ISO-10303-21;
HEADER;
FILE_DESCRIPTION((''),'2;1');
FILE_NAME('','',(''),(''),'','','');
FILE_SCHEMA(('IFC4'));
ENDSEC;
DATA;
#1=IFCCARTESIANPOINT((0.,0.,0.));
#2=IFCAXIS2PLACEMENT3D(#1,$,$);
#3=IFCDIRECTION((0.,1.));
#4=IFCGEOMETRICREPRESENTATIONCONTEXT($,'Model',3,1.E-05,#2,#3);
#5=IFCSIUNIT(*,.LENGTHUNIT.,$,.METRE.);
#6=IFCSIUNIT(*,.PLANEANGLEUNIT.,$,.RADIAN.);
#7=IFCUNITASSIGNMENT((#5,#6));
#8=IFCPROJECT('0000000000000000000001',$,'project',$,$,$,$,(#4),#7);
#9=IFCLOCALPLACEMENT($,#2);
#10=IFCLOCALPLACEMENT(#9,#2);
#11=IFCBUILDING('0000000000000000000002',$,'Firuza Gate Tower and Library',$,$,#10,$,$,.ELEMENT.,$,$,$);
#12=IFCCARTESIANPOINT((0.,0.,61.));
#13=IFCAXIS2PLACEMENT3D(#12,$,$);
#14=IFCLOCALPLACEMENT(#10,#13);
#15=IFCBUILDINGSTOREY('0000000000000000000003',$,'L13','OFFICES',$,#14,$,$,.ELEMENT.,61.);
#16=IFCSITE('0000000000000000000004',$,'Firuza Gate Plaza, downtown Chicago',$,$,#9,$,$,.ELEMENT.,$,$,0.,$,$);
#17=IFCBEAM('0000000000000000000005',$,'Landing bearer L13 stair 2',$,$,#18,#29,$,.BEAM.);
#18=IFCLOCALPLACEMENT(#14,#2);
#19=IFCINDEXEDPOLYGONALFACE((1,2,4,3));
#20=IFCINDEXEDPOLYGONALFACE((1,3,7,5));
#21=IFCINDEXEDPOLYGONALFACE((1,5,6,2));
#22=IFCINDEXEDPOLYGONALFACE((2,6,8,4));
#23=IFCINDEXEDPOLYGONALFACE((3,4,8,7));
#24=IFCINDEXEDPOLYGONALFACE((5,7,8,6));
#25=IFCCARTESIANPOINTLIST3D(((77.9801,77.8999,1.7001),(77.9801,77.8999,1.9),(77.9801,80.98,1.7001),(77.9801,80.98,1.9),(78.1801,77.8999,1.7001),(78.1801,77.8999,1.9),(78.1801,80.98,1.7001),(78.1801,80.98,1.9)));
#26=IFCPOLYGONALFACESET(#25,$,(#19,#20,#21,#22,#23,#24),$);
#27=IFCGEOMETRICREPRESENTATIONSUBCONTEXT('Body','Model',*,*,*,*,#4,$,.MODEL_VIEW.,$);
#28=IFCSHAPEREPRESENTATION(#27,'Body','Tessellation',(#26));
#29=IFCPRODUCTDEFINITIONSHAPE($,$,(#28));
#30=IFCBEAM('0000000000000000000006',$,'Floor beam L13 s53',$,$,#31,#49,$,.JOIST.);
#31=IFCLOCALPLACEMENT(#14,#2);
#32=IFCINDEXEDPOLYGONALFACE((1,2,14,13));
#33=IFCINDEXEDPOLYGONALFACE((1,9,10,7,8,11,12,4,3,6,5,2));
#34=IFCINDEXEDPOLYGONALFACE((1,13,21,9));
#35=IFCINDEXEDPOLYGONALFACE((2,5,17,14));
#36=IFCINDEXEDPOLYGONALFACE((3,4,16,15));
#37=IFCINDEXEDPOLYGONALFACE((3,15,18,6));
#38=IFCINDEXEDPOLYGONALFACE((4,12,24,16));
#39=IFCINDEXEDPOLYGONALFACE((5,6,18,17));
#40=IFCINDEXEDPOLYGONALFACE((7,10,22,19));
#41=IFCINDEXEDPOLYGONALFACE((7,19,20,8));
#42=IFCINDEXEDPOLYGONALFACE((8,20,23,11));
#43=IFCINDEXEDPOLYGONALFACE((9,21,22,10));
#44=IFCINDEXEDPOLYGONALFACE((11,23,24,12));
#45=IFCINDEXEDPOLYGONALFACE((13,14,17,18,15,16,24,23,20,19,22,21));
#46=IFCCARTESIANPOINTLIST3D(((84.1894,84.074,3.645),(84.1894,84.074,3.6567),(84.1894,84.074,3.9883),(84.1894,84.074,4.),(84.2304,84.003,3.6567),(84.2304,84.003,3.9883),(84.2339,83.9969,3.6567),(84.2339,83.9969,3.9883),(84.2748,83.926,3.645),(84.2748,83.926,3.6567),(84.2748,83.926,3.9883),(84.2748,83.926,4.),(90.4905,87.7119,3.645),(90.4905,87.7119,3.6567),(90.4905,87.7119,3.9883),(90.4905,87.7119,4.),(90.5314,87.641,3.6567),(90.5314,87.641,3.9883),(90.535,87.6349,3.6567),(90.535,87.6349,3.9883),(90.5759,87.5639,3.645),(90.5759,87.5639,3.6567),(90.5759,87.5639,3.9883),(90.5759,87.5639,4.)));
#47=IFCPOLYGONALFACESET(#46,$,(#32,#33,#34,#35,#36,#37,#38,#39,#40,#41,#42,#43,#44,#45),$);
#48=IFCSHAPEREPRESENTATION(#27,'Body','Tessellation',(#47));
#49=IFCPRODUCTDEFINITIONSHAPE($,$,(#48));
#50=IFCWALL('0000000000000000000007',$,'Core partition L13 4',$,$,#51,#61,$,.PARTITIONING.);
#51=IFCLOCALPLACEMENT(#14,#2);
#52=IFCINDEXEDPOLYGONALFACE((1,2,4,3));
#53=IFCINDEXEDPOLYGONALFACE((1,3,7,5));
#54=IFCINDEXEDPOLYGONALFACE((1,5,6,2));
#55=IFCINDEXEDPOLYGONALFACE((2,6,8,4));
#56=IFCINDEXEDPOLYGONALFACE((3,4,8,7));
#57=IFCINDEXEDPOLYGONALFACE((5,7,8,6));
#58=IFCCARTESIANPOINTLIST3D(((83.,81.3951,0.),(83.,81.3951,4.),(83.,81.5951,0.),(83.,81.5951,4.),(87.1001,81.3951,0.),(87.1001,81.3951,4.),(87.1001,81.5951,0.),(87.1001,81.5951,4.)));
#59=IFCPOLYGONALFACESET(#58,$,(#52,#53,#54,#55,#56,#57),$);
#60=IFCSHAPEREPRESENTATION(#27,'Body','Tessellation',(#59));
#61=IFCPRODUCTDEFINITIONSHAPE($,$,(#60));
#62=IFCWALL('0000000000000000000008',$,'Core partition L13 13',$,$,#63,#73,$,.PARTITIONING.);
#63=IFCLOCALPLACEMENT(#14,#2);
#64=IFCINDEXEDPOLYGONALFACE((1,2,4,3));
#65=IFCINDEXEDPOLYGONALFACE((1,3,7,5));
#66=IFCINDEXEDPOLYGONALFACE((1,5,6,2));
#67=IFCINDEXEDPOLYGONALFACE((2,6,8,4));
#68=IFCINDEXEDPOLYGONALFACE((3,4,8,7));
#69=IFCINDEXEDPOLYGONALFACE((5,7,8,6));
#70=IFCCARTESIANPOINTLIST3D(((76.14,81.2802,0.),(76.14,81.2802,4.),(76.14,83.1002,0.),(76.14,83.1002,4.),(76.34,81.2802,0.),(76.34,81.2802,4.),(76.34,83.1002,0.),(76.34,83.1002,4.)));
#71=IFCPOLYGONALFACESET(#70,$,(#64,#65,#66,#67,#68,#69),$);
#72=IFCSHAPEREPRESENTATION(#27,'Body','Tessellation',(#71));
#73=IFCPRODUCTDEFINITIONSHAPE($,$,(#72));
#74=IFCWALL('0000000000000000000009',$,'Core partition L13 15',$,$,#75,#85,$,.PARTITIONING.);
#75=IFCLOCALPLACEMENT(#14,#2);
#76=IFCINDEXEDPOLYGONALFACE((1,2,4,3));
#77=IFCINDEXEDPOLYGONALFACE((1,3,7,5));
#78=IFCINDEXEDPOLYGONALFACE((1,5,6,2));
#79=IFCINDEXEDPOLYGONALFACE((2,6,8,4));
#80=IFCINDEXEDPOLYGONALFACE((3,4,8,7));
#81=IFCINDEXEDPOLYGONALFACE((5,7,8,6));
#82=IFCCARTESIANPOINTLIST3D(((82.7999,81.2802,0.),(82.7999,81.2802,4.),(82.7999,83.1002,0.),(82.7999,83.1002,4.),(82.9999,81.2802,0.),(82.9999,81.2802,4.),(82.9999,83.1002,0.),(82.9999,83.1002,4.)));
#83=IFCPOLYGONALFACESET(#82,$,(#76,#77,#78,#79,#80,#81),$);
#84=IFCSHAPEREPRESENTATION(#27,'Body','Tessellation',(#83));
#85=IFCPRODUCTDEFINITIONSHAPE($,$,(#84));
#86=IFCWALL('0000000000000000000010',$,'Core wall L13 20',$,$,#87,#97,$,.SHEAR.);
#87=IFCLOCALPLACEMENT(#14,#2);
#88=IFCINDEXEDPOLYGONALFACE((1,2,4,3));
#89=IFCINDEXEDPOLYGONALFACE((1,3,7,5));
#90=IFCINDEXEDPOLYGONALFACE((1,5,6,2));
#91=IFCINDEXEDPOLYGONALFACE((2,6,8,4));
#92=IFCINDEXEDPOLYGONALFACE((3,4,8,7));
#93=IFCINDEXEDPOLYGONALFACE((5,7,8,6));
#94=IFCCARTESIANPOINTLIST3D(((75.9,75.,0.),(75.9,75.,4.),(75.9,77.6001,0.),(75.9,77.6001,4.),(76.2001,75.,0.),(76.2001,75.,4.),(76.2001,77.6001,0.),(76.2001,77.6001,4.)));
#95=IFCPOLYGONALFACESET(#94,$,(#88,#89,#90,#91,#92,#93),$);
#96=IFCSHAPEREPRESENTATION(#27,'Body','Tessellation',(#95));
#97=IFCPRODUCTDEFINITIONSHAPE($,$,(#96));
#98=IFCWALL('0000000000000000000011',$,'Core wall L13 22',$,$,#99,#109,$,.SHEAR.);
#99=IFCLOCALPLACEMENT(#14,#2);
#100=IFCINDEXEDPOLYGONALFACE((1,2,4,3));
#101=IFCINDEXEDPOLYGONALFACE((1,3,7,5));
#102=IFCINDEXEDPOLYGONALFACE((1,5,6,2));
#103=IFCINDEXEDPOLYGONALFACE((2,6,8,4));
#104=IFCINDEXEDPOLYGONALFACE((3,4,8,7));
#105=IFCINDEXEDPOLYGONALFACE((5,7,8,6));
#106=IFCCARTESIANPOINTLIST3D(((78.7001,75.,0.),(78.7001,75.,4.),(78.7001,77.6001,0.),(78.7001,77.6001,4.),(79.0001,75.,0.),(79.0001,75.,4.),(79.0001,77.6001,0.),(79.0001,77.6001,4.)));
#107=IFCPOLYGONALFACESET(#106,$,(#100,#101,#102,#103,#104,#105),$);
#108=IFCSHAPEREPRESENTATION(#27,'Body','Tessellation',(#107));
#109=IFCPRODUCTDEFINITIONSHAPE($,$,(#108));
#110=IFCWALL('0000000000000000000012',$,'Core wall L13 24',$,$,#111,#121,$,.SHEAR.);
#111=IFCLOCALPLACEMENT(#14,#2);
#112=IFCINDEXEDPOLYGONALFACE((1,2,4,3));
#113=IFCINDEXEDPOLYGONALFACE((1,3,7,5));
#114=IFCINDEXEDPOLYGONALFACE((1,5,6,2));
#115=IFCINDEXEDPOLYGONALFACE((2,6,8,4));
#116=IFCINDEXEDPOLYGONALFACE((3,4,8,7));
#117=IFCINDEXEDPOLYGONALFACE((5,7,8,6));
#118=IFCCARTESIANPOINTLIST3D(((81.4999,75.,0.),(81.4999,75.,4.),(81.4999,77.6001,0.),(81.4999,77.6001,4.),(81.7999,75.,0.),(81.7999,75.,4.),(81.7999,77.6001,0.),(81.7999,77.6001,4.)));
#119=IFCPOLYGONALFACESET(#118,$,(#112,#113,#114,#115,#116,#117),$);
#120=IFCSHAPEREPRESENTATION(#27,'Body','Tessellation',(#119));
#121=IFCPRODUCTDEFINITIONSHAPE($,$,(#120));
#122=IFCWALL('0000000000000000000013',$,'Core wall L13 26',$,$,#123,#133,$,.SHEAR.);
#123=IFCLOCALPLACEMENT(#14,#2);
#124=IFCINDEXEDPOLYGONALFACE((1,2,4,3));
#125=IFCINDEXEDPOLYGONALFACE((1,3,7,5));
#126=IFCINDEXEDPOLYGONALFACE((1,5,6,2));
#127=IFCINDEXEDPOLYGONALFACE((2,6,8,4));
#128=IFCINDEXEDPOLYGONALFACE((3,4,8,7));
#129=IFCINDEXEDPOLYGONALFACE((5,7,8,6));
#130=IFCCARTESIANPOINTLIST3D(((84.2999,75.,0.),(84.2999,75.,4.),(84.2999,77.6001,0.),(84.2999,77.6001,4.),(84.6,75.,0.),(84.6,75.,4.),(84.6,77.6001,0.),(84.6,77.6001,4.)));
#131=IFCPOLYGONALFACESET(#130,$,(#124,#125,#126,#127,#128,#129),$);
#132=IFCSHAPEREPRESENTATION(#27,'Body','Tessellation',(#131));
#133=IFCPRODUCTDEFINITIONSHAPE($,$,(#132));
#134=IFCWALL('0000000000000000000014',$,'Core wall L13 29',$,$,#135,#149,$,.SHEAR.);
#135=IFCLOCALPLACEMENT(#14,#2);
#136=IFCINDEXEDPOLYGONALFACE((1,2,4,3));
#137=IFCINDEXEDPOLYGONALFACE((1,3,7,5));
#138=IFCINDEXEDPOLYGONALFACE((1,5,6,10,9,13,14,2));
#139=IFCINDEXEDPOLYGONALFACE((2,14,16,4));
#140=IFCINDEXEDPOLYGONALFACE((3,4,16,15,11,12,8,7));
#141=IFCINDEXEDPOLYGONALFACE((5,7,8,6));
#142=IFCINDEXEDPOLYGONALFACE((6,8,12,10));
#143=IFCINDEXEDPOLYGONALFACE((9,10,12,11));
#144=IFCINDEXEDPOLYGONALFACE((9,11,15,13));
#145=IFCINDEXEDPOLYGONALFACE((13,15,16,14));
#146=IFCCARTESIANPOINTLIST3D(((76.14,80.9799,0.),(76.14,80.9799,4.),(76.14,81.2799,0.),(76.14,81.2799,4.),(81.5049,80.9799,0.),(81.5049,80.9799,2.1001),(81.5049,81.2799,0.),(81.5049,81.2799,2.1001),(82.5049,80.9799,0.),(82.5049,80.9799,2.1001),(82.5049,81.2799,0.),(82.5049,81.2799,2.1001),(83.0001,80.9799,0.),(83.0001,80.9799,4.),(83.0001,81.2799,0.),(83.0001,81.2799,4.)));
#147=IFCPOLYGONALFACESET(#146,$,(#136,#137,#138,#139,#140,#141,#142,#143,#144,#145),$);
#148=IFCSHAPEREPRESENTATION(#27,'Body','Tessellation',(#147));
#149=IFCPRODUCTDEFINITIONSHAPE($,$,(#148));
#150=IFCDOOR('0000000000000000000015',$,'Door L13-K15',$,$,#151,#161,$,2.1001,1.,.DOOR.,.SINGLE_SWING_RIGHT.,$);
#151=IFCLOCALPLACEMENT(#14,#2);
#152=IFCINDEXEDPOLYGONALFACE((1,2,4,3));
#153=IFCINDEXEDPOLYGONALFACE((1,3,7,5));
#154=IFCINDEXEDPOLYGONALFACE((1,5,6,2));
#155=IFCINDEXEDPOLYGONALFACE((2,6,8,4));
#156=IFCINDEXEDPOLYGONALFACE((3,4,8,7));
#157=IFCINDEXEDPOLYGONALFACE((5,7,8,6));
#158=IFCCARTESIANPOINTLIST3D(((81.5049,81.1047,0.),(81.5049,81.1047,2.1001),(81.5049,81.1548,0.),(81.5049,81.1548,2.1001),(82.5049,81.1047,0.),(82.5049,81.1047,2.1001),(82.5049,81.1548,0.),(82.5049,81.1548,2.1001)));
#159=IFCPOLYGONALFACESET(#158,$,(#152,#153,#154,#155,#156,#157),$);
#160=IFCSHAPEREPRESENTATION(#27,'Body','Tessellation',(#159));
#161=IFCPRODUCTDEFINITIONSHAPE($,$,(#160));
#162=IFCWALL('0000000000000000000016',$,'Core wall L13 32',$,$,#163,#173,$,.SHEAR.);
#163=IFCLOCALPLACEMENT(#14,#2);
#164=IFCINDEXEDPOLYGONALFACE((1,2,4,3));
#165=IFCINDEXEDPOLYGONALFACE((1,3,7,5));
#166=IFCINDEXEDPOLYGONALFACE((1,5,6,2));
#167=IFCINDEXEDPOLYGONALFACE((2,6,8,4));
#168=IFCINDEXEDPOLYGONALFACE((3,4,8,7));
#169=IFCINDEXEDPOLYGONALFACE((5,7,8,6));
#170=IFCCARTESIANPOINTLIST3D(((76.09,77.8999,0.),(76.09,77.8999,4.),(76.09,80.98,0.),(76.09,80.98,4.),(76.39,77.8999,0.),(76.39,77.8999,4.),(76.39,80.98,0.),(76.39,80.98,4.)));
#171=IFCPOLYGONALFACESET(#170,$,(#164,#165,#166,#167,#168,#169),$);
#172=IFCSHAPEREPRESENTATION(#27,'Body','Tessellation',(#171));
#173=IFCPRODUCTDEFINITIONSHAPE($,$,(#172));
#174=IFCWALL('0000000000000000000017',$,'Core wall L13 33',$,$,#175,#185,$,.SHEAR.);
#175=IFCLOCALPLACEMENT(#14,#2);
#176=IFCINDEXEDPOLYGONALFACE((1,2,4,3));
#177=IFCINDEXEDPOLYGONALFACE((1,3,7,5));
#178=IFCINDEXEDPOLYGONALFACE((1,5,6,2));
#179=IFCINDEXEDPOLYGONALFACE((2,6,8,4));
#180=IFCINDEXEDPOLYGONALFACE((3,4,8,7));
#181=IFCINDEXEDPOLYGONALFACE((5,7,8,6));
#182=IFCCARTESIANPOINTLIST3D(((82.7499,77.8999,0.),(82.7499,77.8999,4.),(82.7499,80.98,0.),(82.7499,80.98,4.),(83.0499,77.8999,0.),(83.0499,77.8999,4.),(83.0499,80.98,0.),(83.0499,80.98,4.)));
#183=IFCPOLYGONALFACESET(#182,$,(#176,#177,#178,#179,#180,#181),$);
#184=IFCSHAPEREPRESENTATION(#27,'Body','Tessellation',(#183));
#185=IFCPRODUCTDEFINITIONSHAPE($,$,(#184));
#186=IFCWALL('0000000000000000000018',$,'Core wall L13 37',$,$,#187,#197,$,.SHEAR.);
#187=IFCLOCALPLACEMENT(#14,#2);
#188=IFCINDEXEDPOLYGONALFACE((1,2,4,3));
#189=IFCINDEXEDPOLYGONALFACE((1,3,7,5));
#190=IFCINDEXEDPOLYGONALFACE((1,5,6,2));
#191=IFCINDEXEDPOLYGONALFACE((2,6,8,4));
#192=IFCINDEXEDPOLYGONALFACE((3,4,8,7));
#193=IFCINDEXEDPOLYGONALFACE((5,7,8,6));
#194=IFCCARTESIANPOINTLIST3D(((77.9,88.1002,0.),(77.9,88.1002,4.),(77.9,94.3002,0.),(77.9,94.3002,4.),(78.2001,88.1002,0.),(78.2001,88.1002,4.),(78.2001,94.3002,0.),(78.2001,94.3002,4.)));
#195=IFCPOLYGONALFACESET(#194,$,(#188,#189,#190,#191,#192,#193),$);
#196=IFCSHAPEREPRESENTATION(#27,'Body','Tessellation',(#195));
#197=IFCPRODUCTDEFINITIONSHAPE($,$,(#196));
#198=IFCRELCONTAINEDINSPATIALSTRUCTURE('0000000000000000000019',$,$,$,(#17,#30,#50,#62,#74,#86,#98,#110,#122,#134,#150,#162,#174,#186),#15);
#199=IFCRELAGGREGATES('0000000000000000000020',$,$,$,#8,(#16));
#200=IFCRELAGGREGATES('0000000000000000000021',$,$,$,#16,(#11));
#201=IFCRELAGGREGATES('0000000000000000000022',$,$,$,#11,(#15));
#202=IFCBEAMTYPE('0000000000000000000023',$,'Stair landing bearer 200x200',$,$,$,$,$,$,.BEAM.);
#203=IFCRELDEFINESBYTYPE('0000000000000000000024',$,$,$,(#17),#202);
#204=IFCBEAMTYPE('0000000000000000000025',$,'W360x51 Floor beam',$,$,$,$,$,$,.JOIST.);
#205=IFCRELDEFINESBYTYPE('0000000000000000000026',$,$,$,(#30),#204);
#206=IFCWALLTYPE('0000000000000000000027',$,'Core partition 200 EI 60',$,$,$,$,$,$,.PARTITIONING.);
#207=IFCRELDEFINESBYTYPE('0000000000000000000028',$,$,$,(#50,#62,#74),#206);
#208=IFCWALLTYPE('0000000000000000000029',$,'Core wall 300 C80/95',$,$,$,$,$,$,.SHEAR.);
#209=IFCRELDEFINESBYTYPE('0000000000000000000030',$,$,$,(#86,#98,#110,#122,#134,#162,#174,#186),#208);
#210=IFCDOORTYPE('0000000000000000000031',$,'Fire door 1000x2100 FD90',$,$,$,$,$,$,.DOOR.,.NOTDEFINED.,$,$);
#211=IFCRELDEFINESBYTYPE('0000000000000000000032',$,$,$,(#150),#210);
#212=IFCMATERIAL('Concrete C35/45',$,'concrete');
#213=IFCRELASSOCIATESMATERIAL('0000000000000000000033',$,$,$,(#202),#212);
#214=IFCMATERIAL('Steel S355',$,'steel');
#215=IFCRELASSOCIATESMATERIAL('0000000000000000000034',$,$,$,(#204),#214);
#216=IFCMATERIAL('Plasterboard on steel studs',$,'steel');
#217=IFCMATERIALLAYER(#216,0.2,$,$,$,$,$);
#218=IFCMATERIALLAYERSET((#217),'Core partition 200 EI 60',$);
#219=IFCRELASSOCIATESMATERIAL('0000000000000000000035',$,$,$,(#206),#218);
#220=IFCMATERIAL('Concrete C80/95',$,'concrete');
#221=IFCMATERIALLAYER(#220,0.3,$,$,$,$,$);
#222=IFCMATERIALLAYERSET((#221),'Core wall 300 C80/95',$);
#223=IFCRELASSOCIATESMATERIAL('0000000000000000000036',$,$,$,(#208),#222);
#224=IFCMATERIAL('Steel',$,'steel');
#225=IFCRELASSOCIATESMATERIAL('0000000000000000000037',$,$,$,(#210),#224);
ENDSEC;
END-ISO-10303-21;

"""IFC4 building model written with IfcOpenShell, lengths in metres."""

from ifc_helpers import new_model, si_unit, direction, frame, frame_2d, origin, origin_2d, place, context, subcontext, project, spatial, rectangle, i_section, extrude, material, layer, layer_set, material_profile, profile_set, type_object, element, fill, save


model = new_model("IFC4")

# Units and contexts
model_context = context("Model", 3, precision=1e-05, world=origin(), true_north=direction((0.0, 1.0)))
body_context = subcontext(model_context, "Body", "Model", "MODEL_VIEW")
ifc_project = project(units=[si_unit("LENGTHUNIT", "METRE"), si_unit("PLANEANGLEUNIT", "RADIAN")], contexts=[model_context])

# Site, building, storey
site_placement = place(None, origin())
site = spatial("IfcSite", under=ifc_project, at=site_placement, Name="Firuza Gate Plaza, downtown Chicago", CompositionType="ELEMENT", RefElevation=0.0)
building_placement = place(site_placement, origin())
building = spatial("IfcBuilding", under=site, at=building_placement, Name="Firuza Gate Tower and Library", CompositionType="ELEMENT")
storey_placement = place(building_placement, frame((0.0, 0.0, 61.0)))
storey = spatial("IfcBuildingStorey", under=building, at=storey_placement, Name="L13", Description="OFFICES", CompositionType="ELEMENT", Elevation=61.0)

# Beams
ifc_material_1 = material(Name="Concrete C35/45", Category="concrete")
ifc_material_profile_1 = material_profile(ifc_material_1, rectangle(XDim=0.2, YDim=0.2, at=origin_2d()))
ifc_profile_set_1 = profile_set([ifc_material_profile_1], Name="Concrete C35/45")
beam_type_1 = type_object("IfcBeamType", Name="Stair landing bearer 200x200", PredefinedType="BEAM", material=ifc_profile_set_1)
beam_1_placement = place(storey_placement, frame((78.0801, 80.98, 1.8), z_axis=(0.0, -1.0, 0.0), x_axis=(1.0, 0.0, 0.0)))
element("IfcBeam", 1, at=beam_1_placement, inside=storey, type_object=beam_type_1, Name="Landing bearer L13 stair 2", PredefinedType="BEAM", context=body_context, shape_type="SweptSolid", body=[
    extrude(rectangle(XDim=0.2, YDim=0.2, at=origin_2d()), origin(), (0.0, 0.0, 1.0), 3.0801),
])
ifc_material_2 = material(Name="Steel S355", Category="steel")
ifc_material_profile_2 = material_profile(ifc_material_2, i_section(OverallWidth=0.1709, OverallDepth=0.355, WebThickness=0.0071, FlangeThickness=0.0117, at=origin_2d()))
ifc_profile_set_2 = profile_set([ifc_material_profile_2], Name="Steel S355")
beam_type_2 = type_object("IfcBeamType", Name="W360x51 Floor beam", PredefinedType="JOIST", material=ifc_profile_set_2)
beam_2_placement = place(storey_placement, frame((90.5332, 87.6379, 3.8225), z_axis=(-0.866023, -0.500004, 0.0), x_axis=(0.500004, -0.866023, 0.0)))
element("IfcBeam", 2, at=beam_2_placement, inside=storey, type_object=beam_type_2, Name="Floor beam L13 s53", PredefinedType="JOIST", context=body_context, shape_type="SweptSolid", body=[
    extrude(i_section(OverallWidth=0.1709, OverallDepth=0.355, WebThickness=0.0071, FlangeThickness=0.0117, at=origin_2d()), origin(), (0.0, 0.0, 1.0), 7.2759),
])

# Walls
ifc_material_3 = material(Name="Plasterboard on steel studs", Category="steel")
ifc_layer_1 = layer(ifc_material_3, 0.2)
ifc_layer_set_1 = layer_set([ifc_layer_1], Name="Core partition 200 EI 60")
wall_type_1 = type_object("IfcWallType", Name="Core partition 200 EI 60", PredefinedType="PARTITIONING", material=ifc_layer_set_1)
wall_1_placement = place(storey_placement, frame((83.0, 81.4951, 0.0), z_axis=(0.0, 0.0, 1.0), x_axis=(1.0, 0.0, 0.0)))
element("IfcWall", 3, at=wall_1_placement, inside=storey, type_object=wall_type_1, Name="Core partition L13 4", PredefinedType="PARTITIONING", context=body_context, shape_type="SweptSolid", body=[
    extrude(rectangle(XDim=4.1001, YDim=0.2, at=frame_2d((2.05, 0.0))), origin(), (0.0, 0.0, 1.0), 4.0),
])
for number, where, z_axis, x_axis, name in (
    (4, (76.24, 81.28, 0.0), (0.0, 0.0, 1.0), (0.0, 1.0, 0.0), "Core partition L13 13"),
    (5, (82.8999, 81.28, 0.0), (0.0, 0.0, 1.0), (0.0, 1.0, 0.0), "Core partition L13 15"),
):
    element("IfcWall", number, at=place(storey_placement, frame(where, z_axis=z_axis, x_axis=x_axis)), inside=storey, type_object=wall_type_1, Name=name, PredefinedType="PARTITIONING", context=body_context, shape_type="SweptSolid", body=[
        extrude(rectangle(XDim=1.8201, YDim=0.2, at=frame_2d((0.9102, 0.0))), origin(), (0.0, 0.0, 1.0), 4.0),
    ])
ifc_material_4 = material(Name="Concrete C80/95", Category="concrete")
ifc_layer_2 = layer(ifc_material_4, 0.3)
ifc_layer_set_2 = layer_set([ifc_layer_2], Name="Core wall 300 C80/95")
wall_type_2 = type_object("IfcWallType", Name="Core wall 300 C80/95", PredefinedType="SHEAR", material=ifc_layer_set_2)
for number, where, z_axis, x_axis, name in (
    (6, (76.05, 75.0, 0.0), (0.0, 0.0, 1.0), (0.0, 1.0, 0.0), "Core wall L13 20"),
    (7, (78.8501, 75.0, 0.0), (0.0, 0.0, 1.0), (0.0, 1.0, 0.0), "Core wall L13 22"),
    (8, (81.6499, 75.0, 0.0), (0.0, 0.0, 1.0), (0.0, 1.0, 0.0), "Core wall L13 24"),
    (9, (84.45, 75.0, 0.0), (0.0, 0.0, 1.0), (0.0, 1.0, 0.0), "Core wall L13 26"),
):
    element("IfcWall", number, at=place(storey_placement, frame(where, z_axis=z_axis, x_axis=x_axis)), inside=storey, type_object=wall_type_2, Name=name, PredefinedType="SHEAR", context=body_context, shape_type="SweptSolid", body=[
        extrude(rectangle(XDim=2.6001, YDim=0.3, at=frame_2d((1.3, 0.0))), origin(), (0.0, 0.0, 1.0), 4.0),
    ])

# Wall, opening, door
wall_2_placement = place(storey_placement, frame((76.1399, 81.1299, 0.0), z_axis=(0.0, 0.0, 1.0), x_axis=(1.0, 0.0, 0.0)))
wall_2 = element("IfcWall", 10, at=wall_2_placement, inside=storey, type_object=wall_type_2, Name="Core wall L13 29", PredefinedType="SHEAR", context=body_context, shape_type="SweptSolid", body=[
    extrude(rectangle(XDim=6.8601, YDim=0.3, at=frame_2d((3.4302, 0.0))), origin(), (0.0, 0.0, 1.0), 4.0),
])
opening_1_placement = place(wall_2_placement, frame((5.365, 0.0, 0.0)))
opening_1 = element("IfcOpeningElement", 11, at=opening_1_placement, cuts=wall_2, PredefinedType="OPENING", context=body_context, shape_type="SweptSolid", body=[
    extrude(rectangle(XDim=1.0, YDim=2.1001, at=frame_2d((0.5, 1.05))), frame((0.0, 0.1602, 0.0), z_axis=(0.0, -1.0, 0.0), x_axis=(1.0, 0.0, 0.0)), (0.0, 0.0, 1.0), 0.3201),
])
ifc_material_5 = material(Name="Steel", Category="steel")
door_type_1 = type_object("IfcDoorType", Name="Fire door 1000x2100 FD90", OperationType="NOTDEFINED", PredefinedType="DOOR", material=ifc_material_5)
door_1_placement = place(opening_1_placement, origin())
door_1 = element("IfcDoor", 12, at=door_1_placement, inside=storey, type_object=door_type_1, Name="Door L13-K15", OperationType="SINGLE_SWING_RIGHT", OverallHeight=2.1001, OverallWidth=1.0, PredefinedType="DOOR", context=body_context, shape_type="SweptSolid", body=[
    extrude(rectangle(XDim=1.0, YDim=2.1001, at=frame_2d((0.5, 1.05))), frame((0.0, 0.0249, 0.0), z_axis=(0.0, -1.0, 0.0), x_axis=(1.0, 0.0, 0.0)), (0.0, 0.0, 1.0), 0.05),
])
fill(opening_1, door_1)

# Walls
for number, where, z_axis, x_axis, name in (
    (13, (76.24, 77.8999, 0.0), (0.0, 0.0, 1.0), (0.0, 1.0, 0.0), "Core wall L13 32"),
    (14, (82.8999, 77.8999, 0.0), (0.0, 0.0, 1.0), (0.0, 1.0, 0.0), "Core wall L13 33"),
):
    element("IfcWall", number, at=place(storey_placement, frame(where, z_axis=z_axis, x_axis=x_axis)), inside=storey, type_object=wall_type_2, Name=name, PredefinedType="SHEAR", context=body_context, shape_type="SweptSolid", body=[
        extrude(rectangle(XDim=3.0801, YDim=0.3, at=frame_2d((1.54, 0.0))), origin(), (0.0, 0.0, 1.0), 4.0),
    ])
wall_3_placement = place(storey_placement, frame((78.05, 88.1001, 0.0), z_axis=(0.0, 0.0, 1.0), x_axis=(0.0, 1.0, 0.0)))
element("IfcWall", 15, at=wall_3_placement, inside=storey, type_object=wall_type_2, Name="Core wall L13 37", PredefinedType="SHEAR", context=body_context, shape_type="SweptSolid", body=[
    extrude(rectangle(XDim=6.2, YDim=0.3, at=frame_2d((3.1001, 0.0))), origin(), (0.0, 0.0, 1.0), 4.0),
])

save(model, "model.ifc")
